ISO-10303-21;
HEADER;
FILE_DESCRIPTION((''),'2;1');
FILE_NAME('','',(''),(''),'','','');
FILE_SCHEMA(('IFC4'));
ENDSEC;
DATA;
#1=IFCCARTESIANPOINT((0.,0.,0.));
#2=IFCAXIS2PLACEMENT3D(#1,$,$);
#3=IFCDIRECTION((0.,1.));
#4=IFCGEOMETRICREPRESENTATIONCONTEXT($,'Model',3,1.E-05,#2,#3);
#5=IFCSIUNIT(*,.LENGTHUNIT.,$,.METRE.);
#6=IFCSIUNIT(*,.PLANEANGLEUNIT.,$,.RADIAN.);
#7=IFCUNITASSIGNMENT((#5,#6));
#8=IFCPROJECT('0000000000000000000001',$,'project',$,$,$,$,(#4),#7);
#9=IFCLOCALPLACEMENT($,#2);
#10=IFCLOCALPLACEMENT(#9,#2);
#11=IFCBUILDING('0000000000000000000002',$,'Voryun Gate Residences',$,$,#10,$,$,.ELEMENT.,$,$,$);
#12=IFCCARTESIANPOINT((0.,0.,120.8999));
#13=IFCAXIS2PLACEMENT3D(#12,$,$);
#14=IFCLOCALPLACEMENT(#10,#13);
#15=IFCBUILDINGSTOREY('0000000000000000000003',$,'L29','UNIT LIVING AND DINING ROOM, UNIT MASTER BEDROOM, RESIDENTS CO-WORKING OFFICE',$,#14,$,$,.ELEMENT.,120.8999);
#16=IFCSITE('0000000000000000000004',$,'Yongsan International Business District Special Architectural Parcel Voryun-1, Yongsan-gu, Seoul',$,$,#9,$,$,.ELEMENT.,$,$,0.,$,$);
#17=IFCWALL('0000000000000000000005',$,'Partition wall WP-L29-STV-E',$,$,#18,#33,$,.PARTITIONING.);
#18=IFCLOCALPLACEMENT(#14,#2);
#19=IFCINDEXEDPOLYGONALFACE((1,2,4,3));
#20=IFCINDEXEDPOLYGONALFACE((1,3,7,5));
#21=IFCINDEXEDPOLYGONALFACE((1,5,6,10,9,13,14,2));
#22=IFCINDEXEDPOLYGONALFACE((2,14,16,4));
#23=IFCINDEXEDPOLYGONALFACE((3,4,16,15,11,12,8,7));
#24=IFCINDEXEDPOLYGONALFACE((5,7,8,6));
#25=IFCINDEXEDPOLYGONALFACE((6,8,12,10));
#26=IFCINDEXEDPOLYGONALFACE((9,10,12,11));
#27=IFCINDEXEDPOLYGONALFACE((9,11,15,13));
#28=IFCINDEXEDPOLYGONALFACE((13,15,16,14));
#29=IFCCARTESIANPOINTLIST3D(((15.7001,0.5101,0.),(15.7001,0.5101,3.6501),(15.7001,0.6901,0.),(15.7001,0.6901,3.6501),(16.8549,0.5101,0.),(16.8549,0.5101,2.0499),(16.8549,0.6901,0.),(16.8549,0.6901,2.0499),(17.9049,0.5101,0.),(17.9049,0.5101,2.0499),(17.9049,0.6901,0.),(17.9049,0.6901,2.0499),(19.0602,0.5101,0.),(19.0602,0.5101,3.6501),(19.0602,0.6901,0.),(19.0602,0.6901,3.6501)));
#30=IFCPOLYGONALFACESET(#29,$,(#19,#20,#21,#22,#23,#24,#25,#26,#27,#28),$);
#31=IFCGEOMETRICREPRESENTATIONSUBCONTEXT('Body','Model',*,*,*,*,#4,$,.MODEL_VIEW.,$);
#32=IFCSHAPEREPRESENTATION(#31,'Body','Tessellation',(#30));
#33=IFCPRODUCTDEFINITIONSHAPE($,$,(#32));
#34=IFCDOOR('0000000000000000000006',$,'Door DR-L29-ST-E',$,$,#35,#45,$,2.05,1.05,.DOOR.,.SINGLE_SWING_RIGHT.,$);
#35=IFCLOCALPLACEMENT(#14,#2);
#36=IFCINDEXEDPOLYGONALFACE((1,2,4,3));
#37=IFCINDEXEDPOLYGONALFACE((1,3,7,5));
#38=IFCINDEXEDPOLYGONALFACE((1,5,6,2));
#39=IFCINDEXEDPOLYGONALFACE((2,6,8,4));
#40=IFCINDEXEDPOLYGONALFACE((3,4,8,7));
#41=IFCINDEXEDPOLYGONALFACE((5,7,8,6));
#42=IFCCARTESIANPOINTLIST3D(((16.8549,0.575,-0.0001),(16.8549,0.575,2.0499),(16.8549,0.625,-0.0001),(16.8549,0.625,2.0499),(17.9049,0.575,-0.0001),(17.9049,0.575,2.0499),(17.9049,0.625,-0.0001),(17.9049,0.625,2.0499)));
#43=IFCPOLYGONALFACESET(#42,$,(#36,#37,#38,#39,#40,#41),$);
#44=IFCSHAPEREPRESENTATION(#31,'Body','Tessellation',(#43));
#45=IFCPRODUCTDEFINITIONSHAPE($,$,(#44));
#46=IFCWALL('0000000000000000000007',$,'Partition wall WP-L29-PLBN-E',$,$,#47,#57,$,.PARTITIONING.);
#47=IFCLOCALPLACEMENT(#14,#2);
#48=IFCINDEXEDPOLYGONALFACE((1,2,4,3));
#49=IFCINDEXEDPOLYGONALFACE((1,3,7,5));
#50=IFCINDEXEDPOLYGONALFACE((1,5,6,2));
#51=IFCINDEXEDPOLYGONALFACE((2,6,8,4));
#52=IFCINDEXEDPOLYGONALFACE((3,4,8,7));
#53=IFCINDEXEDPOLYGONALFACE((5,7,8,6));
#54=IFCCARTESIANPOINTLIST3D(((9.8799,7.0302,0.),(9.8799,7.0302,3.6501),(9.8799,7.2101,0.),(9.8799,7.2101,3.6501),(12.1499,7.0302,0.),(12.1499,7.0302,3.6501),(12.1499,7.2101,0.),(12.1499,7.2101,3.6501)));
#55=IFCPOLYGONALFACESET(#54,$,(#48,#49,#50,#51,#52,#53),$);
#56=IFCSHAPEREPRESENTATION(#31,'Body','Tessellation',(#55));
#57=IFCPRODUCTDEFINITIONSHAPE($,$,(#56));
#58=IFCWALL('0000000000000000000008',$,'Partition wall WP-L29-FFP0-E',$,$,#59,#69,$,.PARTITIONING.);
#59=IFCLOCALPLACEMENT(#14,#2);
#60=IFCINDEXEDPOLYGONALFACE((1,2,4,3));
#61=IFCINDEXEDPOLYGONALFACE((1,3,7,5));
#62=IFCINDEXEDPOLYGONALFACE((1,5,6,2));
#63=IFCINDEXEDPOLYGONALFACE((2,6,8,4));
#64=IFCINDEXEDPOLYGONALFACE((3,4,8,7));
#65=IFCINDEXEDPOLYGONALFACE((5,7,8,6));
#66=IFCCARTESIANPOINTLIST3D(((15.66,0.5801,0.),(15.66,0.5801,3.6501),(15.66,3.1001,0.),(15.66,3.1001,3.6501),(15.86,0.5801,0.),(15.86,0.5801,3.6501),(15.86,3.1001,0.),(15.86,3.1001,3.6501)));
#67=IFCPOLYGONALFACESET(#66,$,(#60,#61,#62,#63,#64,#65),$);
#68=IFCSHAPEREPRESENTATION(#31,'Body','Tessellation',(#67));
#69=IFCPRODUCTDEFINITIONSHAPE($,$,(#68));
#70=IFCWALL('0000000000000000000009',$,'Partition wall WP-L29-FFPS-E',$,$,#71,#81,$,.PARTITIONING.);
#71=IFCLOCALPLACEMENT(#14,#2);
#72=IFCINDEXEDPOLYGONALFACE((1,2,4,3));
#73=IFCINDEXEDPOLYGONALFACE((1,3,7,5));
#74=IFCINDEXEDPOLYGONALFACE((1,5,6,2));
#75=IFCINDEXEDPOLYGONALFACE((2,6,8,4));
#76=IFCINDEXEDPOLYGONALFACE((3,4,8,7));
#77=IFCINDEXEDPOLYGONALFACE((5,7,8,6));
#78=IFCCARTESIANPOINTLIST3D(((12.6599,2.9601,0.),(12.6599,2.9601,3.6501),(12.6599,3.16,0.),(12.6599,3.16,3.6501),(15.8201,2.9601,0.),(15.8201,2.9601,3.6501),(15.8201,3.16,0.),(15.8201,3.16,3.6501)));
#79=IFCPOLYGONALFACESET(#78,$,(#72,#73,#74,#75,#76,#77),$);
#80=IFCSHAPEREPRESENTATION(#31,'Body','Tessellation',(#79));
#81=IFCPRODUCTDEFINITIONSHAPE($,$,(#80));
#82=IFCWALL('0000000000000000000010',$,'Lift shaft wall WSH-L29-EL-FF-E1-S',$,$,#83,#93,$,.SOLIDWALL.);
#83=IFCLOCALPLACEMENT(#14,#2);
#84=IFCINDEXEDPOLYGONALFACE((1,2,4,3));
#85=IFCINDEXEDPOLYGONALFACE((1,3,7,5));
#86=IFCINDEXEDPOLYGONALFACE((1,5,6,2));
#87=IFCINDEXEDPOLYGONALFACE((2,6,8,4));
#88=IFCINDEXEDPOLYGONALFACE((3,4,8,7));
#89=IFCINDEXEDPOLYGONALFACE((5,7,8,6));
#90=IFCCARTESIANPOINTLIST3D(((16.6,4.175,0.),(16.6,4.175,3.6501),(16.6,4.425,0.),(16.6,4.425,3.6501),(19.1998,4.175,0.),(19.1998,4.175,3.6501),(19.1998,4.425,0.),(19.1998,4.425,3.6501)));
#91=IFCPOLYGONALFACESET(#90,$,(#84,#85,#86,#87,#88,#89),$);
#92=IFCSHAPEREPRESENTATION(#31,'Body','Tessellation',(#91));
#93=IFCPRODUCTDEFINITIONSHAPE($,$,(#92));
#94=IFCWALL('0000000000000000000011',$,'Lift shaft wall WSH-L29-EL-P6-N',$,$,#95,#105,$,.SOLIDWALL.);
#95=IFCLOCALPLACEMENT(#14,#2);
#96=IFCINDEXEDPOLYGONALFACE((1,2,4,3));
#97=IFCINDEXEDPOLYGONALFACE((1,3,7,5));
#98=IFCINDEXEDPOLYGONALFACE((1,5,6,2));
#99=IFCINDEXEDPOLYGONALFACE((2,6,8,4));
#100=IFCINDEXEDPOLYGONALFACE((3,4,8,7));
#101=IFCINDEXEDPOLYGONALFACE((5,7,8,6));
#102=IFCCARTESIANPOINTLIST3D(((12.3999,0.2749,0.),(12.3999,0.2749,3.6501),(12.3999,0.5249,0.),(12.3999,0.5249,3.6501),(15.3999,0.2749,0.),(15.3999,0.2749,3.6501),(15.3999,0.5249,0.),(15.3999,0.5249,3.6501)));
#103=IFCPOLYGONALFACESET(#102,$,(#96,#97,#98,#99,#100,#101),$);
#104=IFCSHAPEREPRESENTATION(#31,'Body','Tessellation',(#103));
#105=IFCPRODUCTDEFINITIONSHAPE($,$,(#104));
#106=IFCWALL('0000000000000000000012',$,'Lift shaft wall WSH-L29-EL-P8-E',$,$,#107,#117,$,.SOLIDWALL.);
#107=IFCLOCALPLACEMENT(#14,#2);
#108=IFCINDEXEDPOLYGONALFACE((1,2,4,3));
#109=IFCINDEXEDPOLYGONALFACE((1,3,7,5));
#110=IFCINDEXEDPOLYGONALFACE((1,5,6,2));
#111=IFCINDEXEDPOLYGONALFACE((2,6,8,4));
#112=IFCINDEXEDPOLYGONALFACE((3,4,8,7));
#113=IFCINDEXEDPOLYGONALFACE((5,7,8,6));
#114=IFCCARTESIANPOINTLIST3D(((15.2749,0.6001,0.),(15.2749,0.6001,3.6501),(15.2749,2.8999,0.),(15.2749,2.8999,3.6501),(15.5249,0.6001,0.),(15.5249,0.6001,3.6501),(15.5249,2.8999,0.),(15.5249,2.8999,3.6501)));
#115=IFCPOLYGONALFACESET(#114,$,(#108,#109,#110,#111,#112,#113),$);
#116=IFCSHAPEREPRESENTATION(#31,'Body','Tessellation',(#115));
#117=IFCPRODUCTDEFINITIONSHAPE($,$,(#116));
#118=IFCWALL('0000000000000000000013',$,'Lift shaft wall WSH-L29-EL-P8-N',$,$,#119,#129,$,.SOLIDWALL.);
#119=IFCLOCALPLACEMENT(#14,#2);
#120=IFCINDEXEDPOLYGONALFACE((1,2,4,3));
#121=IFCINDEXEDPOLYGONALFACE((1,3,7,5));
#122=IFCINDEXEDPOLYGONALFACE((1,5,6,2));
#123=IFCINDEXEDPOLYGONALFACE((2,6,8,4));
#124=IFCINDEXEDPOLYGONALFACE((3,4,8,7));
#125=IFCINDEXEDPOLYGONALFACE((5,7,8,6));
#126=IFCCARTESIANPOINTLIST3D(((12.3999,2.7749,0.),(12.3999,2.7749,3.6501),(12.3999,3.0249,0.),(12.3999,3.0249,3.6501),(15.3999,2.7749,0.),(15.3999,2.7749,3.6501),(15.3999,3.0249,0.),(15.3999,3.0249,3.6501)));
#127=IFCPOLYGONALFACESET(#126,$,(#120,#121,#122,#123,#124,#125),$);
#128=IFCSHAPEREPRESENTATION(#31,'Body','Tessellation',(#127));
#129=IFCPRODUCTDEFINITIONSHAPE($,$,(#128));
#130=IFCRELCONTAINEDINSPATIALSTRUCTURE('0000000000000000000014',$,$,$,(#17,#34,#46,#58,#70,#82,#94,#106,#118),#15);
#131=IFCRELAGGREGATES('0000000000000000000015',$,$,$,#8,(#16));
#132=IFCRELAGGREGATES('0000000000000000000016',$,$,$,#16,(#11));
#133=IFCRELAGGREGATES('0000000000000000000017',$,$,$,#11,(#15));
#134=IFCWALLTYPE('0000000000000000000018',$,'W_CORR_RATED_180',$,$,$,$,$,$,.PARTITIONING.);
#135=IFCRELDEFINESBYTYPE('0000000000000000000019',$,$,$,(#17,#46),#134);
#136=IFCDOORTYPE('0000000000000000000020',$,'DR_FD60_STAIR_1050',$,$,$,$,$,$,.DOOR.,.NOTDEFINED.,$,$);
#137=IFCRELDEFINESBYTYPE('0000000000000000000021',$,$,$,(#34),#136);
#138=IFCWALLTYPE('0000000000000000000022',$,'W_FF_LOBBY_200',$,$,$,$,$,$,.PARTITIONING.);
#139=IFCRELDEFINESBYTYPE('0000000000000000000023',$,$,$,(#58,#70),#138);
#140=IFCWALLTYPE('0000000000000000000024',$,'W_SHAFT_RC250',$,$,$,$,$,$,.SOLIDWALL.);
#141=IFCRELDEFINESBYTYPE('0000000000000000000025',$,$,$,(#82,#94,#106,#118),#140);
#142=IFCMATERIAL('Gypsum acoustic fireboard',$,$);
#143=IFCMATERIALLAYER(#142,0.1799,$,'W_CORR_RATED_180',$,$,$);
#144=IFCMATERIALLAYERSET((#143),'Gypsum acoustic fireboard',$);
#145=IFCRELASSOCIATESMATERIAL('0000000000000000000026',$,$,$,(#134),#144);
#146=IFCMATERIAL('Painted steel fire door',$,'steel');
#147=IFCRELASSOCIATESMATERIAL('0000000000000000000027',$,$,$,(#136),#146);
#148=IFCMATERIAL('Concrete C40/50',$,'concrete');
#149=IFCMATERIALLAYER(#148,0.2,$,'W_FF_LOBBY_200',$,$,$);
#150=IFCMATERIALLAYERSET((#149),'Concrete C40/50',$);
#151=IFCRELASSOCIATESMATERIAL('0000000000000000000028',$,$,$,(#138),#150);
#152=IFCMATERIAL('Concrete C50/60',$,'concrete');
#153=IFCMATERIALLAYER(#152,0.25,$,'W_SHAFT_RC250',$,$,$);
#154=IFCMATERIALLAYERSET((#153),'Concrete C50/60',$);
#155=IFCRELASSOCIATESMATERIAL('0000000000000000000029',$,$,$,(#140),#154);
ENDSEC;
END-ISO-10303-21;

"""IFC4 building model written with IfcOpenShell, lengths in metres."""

from ifc_helpers import new_model, si_unit, direction, frame, frame_2d, origin, place, context, subcontext, project, spatial, rectangle, extrude, material, layer, layer_set, type_object, element, fill, save


model = new_model("IFC4")

# Units and contexts
model_context = context("Model", 3, precision=1e-05, world=origin(), true_north=direction((0.0, 1.0)))
body_context = subcontext(model_context, "Body", "Model", "MODEL_VIEW")
ifc_project = project(units=[si_unit("LENGTHUNIT", "METRE"), si_unit("PLANEANGLEUNIT", "RADIAN")], contexts=[model_context])

# Site, building, storey
site_placement = place(None, origin())
site = spatial("IfcSite", under=ifc_project, at=site_placement, Name="Yongsan International Business District Special Architectural Parcel Voryun-1, Yongsan-gu, Seoul", CompositionType="ELEMENT", RefElevation=0.0)
building_placement = place(site_placement, origin())
building = spatial("IfcBuilding", under=site, at=building_placement, Name="Voryun Gate Residences", CompositionType="ELEMENT")
storey_placement = place(building_placement, frame((0.0, 0.0, 120.8999)))
storey = spatial("IfcBuildingStorey", under=building, at=storey_placement, Name="L29", Description="UNIT LIVING AND DINING ROOM, UNIT MASTER BEDROOM, RESIDENTS CO-WORKING OFFICE", CompositionType="ELEMENT", Elevation=120.8999)

# Wall, opening, door
ifc_material_1 = material(Name="Gypsum acoustic fireboard")
ifc_layer_1 = layer(ifc_material_1, 0.1799, Name="W_CORR_RATED_180")
ifc_layer_set_1 = layer_set([ifc_layer_1], Name="Gypsum acoustic fireboard")
wall_type_1 = type_object("IfcWallType", Name="W_CORR_RATED_180", PredefinedType="PARTITIONING", material=ifc_layer_set_1)
wall_1_placement = place(storey_placement, frame((15.7, 0.6001, 0.0), z_axis=(0.0, 0.0, 1.0), x_axis=(1.0, 0.0, 0.0)))
wall_1 = element("IfcWall", 1, at=wall_1_placement, inside=storey, type_object=wall_type_1, Name="Partition wall WP-L29-STV-E", PredefinedType="PARTITIONING", context=body_context, shape_type="SweptSolid", body=[
    extrude(rectangle(XDim=3.3601, YDim=0.1799, at=frame_2d((1.6802, 0.0))), origin(), (0.0, 0.0, 1.0), 3.6501),
])
opening_placement = place(wall_1_placement, frame((1.155, 0.0, 0.0)))
opening = element("IfcOpeningElement", 2, at=opening_placement, cuts=wall_1, PredefinedType="OPENING", context=body_context, shape_type="SweptSolid", body=[
    extrude(rectangle(XDim=1.05, YDim=2.05, at=frame_2d((0.5249, 1.0249))), frame((0.0, 0.0999, 0.0), z_axis=(0.0, -1.0, 0.0), x_axis=(1.0, 0.0, 0.0)), (0.0, 0.0, 1.0), 0.2),
])
ifc_material_2 = material(Name="Painted steel fire door", Category="steel")
door_type = type_object("IfcDoorType", Name="DR_FD60_STAIR_1050", OperationType="NOTDEFINED", PredefinedType="DOOR", material=ifc_material_2)
door_placement = place(opening_placement, origin())
door = element("IfcDoor", 3, at=door_placement, inside=storey, type_object=door_type, Name="Door DR-L29-ST-E", OperationType="SINGLE_SWING_RIGHT", OverallHeight=2.05, OverallWidth=1.05, PredefinedType="DOOR", context=body_context, shape_type="SweptSolid", body=[
    extrude(rectangle(XDim=1.05, YDim=2.05, at=frame_2d((0.5249, 1.0249))), frame((0.0, 0.0249, 0.0), z_axis=(0.0, -1.0, 0.0), x_axis=(1.0, 0.0, 0.0)), (0.0, 0.0, 1.0), 0.05),
])
fill(opening, door)

# Walls
wall_2_placement = place(storey_placement, frame((9.8799, 7.1201, 0.0), z_axis=(0.0, 0.0, 1.0), x_axis=(1.0, 0.0, 0.0)))
element("IfcWall", 4, at=wall_2_placement, inside=storey, type_object=wall_type_1, Name="Partition wall WP-L29-PLBN-E", PredefinedType="PARTITIONING", context=body_context, shape_type="SweptSolid", body=[
    extrude(rectangle(XDim=2.27, YDim=0.1799, at=frame_2d((1.135, 0.0))), origin(), (0.0, 0.0, 1.0), 3.6501),
])
ifc_material_3 = material(Name="Concrete C40/50", Category="concrete")
ifc_layer_2 = layer(ifc_material_3, 0.2, Name="W_FF_LOBBY_200")
ifc_layer_set_2 = layer_set([ifc_layer_2], Name="Concrete C40/50")
wall_type_2 = type_object("IfcWallType", Name="W_FF_LOBBY_200", PredefinedType="PARTITIONING", material=ifc_layer_set_2)
wall_3_placement = place(storey_placement, frame((15.76, 0.5801, 0.0), z_axis=(0.0, 0.0, 1.0), x_axis=(0.0, 1.0, 0.0)))
element("IfcWall", 5, at=wall_3_placement, inside=storey, type_object=wall_type_2, Name="Partition wall WP-L29-FFP0-E", PredefinedType="PARTITIONING", context=body_context, shape_type="SweptSolid", body=[
    extrude(rectangle(XDim=2.52, YDim=0.2, at=frame_2d((1.26, 0.0))), origin(), (0.0, 0.0, 1.0), 3.6501),
])
wall_4_placement = place(storey_placement, frame((12.6599, 3.0601, 0.0), z_axis=(0.0, 0.0, 1.0), x_axis=(1.0, 0.0, 0.0)))
element("IfcWall", 6, at=wall_4_placement, inside=storey, type_object=wall_type_2, Name="Partition wall WP-L29-FFPS-E", PredefinedType="PARTITIONING", context=body_context, shape_type="SweptSolid", body=[
    extrude(rectangle(XDim=3.1602, YDim=0.2, at=frame_2d((1.5801, 0.0))), origin(), (0.0, 0.0, 1.0), 3.6501),
])
ifc_material_4 = material(Name="Concrete C50/60", Category="concrete")
ifc_layer_3 = layer(ifc_material_4, 0.25, Name="W_SHAFT_RC250")
ifc_layer_set_3 = layer_set([ifc_layer_3], Name="Concrete C50/60")
wall_type_3 = type_object("IfcWallType", Name="W_SHAFT_RC250", PredefinedType="SOLIDWALL", material=ifc_layer_set_3)
wall_5_placement = place(storey_placement, frame((16.6001, 4.3, 0.0), z_axis=(0.0, 0.0, 1.0), x_axis=(1.0, 0.0, 0.0)))
element("IfcWall", 7, at=wall_5_placement, inside=storey, type_object=wall_type_3, Name="Lift shaft wall WSH-L29-EL-FF-E1-S", PredefinedType="SOLIDWALL", context=body_context, shape_type="SweptSolid", body=[
    extrude(rectangle(XDim=2.5999, YDim=0.25, at=frame_2d((1.2998, 0.0))), origin(), (0.0, 0.0, 1.0), 3.6501),
])
wall_6_placement = place(storey_placement, frame((15.3999, 0.3999, 0.0), z_axis=(0.0, 0.0, 1.0), x_axis=(-1.0, 0.0, 0.0)))
element("IfcWall", 8, at=wall_6_placement, inside=storey, type_object=wall_type_3, Name="Lift shaft wall WSH-L29-EL-P6-N", PredefinedType="SOLIDWALL", context=body_context, shape_type="SweptSolid", body=[
    extrude(rectangle(XDim=3.0, YDim=0.25, at=frame_2d((1.5, 0.0))), origin(), (0.0, 0.0, 1.0), 3.6501),
])
wall_7_placement = place(storey_placement, frame((15.3999, 0.6001, 0.0), z_axis=(0.0, 0.0, 1.0), x_axis=(0.0, 1.0, 0.0)))
element("IfcWall", 9, at=wall_7_placement, inside=storey, type_object=wall_type_3, Name="Lift shaft wall WSH-L29-EL-P8-E", PredefinedType="SOLIDWALL", context=body_context, shape_type="SweptSolid", body=[
    extrude(rectangle(XDim=2.2998, YDim=0.25, at=frame_2d((1.1499, 0.0))), origin(), (0.0, 0.0, 1.0), 3.6501),
])
wall_8_placement = place(storey_placement, frame((15.3999, 2.8999, 0.0), z_axis=(0.0, 0.0, 1.0), x_axis=(-1.0, 0.0, 0.0)))
element("IfcWall", 10, at=wall_8_placement, inside=storey, type_object=wall_type_3, Name="Lift shaft wall WSH-L29-EL-P8-N", PredefinedType="SOLIDWALL", context=body_context, shape_type="SweptSolid", body=[
    extrude(rectangle(XDim=3.0, YDim=0.25, at=frame_2d((1.5, 0.0))), origin(), (0.0, 0.0, 1.0), 3.6501),
])

save(model, "model.ifc")
